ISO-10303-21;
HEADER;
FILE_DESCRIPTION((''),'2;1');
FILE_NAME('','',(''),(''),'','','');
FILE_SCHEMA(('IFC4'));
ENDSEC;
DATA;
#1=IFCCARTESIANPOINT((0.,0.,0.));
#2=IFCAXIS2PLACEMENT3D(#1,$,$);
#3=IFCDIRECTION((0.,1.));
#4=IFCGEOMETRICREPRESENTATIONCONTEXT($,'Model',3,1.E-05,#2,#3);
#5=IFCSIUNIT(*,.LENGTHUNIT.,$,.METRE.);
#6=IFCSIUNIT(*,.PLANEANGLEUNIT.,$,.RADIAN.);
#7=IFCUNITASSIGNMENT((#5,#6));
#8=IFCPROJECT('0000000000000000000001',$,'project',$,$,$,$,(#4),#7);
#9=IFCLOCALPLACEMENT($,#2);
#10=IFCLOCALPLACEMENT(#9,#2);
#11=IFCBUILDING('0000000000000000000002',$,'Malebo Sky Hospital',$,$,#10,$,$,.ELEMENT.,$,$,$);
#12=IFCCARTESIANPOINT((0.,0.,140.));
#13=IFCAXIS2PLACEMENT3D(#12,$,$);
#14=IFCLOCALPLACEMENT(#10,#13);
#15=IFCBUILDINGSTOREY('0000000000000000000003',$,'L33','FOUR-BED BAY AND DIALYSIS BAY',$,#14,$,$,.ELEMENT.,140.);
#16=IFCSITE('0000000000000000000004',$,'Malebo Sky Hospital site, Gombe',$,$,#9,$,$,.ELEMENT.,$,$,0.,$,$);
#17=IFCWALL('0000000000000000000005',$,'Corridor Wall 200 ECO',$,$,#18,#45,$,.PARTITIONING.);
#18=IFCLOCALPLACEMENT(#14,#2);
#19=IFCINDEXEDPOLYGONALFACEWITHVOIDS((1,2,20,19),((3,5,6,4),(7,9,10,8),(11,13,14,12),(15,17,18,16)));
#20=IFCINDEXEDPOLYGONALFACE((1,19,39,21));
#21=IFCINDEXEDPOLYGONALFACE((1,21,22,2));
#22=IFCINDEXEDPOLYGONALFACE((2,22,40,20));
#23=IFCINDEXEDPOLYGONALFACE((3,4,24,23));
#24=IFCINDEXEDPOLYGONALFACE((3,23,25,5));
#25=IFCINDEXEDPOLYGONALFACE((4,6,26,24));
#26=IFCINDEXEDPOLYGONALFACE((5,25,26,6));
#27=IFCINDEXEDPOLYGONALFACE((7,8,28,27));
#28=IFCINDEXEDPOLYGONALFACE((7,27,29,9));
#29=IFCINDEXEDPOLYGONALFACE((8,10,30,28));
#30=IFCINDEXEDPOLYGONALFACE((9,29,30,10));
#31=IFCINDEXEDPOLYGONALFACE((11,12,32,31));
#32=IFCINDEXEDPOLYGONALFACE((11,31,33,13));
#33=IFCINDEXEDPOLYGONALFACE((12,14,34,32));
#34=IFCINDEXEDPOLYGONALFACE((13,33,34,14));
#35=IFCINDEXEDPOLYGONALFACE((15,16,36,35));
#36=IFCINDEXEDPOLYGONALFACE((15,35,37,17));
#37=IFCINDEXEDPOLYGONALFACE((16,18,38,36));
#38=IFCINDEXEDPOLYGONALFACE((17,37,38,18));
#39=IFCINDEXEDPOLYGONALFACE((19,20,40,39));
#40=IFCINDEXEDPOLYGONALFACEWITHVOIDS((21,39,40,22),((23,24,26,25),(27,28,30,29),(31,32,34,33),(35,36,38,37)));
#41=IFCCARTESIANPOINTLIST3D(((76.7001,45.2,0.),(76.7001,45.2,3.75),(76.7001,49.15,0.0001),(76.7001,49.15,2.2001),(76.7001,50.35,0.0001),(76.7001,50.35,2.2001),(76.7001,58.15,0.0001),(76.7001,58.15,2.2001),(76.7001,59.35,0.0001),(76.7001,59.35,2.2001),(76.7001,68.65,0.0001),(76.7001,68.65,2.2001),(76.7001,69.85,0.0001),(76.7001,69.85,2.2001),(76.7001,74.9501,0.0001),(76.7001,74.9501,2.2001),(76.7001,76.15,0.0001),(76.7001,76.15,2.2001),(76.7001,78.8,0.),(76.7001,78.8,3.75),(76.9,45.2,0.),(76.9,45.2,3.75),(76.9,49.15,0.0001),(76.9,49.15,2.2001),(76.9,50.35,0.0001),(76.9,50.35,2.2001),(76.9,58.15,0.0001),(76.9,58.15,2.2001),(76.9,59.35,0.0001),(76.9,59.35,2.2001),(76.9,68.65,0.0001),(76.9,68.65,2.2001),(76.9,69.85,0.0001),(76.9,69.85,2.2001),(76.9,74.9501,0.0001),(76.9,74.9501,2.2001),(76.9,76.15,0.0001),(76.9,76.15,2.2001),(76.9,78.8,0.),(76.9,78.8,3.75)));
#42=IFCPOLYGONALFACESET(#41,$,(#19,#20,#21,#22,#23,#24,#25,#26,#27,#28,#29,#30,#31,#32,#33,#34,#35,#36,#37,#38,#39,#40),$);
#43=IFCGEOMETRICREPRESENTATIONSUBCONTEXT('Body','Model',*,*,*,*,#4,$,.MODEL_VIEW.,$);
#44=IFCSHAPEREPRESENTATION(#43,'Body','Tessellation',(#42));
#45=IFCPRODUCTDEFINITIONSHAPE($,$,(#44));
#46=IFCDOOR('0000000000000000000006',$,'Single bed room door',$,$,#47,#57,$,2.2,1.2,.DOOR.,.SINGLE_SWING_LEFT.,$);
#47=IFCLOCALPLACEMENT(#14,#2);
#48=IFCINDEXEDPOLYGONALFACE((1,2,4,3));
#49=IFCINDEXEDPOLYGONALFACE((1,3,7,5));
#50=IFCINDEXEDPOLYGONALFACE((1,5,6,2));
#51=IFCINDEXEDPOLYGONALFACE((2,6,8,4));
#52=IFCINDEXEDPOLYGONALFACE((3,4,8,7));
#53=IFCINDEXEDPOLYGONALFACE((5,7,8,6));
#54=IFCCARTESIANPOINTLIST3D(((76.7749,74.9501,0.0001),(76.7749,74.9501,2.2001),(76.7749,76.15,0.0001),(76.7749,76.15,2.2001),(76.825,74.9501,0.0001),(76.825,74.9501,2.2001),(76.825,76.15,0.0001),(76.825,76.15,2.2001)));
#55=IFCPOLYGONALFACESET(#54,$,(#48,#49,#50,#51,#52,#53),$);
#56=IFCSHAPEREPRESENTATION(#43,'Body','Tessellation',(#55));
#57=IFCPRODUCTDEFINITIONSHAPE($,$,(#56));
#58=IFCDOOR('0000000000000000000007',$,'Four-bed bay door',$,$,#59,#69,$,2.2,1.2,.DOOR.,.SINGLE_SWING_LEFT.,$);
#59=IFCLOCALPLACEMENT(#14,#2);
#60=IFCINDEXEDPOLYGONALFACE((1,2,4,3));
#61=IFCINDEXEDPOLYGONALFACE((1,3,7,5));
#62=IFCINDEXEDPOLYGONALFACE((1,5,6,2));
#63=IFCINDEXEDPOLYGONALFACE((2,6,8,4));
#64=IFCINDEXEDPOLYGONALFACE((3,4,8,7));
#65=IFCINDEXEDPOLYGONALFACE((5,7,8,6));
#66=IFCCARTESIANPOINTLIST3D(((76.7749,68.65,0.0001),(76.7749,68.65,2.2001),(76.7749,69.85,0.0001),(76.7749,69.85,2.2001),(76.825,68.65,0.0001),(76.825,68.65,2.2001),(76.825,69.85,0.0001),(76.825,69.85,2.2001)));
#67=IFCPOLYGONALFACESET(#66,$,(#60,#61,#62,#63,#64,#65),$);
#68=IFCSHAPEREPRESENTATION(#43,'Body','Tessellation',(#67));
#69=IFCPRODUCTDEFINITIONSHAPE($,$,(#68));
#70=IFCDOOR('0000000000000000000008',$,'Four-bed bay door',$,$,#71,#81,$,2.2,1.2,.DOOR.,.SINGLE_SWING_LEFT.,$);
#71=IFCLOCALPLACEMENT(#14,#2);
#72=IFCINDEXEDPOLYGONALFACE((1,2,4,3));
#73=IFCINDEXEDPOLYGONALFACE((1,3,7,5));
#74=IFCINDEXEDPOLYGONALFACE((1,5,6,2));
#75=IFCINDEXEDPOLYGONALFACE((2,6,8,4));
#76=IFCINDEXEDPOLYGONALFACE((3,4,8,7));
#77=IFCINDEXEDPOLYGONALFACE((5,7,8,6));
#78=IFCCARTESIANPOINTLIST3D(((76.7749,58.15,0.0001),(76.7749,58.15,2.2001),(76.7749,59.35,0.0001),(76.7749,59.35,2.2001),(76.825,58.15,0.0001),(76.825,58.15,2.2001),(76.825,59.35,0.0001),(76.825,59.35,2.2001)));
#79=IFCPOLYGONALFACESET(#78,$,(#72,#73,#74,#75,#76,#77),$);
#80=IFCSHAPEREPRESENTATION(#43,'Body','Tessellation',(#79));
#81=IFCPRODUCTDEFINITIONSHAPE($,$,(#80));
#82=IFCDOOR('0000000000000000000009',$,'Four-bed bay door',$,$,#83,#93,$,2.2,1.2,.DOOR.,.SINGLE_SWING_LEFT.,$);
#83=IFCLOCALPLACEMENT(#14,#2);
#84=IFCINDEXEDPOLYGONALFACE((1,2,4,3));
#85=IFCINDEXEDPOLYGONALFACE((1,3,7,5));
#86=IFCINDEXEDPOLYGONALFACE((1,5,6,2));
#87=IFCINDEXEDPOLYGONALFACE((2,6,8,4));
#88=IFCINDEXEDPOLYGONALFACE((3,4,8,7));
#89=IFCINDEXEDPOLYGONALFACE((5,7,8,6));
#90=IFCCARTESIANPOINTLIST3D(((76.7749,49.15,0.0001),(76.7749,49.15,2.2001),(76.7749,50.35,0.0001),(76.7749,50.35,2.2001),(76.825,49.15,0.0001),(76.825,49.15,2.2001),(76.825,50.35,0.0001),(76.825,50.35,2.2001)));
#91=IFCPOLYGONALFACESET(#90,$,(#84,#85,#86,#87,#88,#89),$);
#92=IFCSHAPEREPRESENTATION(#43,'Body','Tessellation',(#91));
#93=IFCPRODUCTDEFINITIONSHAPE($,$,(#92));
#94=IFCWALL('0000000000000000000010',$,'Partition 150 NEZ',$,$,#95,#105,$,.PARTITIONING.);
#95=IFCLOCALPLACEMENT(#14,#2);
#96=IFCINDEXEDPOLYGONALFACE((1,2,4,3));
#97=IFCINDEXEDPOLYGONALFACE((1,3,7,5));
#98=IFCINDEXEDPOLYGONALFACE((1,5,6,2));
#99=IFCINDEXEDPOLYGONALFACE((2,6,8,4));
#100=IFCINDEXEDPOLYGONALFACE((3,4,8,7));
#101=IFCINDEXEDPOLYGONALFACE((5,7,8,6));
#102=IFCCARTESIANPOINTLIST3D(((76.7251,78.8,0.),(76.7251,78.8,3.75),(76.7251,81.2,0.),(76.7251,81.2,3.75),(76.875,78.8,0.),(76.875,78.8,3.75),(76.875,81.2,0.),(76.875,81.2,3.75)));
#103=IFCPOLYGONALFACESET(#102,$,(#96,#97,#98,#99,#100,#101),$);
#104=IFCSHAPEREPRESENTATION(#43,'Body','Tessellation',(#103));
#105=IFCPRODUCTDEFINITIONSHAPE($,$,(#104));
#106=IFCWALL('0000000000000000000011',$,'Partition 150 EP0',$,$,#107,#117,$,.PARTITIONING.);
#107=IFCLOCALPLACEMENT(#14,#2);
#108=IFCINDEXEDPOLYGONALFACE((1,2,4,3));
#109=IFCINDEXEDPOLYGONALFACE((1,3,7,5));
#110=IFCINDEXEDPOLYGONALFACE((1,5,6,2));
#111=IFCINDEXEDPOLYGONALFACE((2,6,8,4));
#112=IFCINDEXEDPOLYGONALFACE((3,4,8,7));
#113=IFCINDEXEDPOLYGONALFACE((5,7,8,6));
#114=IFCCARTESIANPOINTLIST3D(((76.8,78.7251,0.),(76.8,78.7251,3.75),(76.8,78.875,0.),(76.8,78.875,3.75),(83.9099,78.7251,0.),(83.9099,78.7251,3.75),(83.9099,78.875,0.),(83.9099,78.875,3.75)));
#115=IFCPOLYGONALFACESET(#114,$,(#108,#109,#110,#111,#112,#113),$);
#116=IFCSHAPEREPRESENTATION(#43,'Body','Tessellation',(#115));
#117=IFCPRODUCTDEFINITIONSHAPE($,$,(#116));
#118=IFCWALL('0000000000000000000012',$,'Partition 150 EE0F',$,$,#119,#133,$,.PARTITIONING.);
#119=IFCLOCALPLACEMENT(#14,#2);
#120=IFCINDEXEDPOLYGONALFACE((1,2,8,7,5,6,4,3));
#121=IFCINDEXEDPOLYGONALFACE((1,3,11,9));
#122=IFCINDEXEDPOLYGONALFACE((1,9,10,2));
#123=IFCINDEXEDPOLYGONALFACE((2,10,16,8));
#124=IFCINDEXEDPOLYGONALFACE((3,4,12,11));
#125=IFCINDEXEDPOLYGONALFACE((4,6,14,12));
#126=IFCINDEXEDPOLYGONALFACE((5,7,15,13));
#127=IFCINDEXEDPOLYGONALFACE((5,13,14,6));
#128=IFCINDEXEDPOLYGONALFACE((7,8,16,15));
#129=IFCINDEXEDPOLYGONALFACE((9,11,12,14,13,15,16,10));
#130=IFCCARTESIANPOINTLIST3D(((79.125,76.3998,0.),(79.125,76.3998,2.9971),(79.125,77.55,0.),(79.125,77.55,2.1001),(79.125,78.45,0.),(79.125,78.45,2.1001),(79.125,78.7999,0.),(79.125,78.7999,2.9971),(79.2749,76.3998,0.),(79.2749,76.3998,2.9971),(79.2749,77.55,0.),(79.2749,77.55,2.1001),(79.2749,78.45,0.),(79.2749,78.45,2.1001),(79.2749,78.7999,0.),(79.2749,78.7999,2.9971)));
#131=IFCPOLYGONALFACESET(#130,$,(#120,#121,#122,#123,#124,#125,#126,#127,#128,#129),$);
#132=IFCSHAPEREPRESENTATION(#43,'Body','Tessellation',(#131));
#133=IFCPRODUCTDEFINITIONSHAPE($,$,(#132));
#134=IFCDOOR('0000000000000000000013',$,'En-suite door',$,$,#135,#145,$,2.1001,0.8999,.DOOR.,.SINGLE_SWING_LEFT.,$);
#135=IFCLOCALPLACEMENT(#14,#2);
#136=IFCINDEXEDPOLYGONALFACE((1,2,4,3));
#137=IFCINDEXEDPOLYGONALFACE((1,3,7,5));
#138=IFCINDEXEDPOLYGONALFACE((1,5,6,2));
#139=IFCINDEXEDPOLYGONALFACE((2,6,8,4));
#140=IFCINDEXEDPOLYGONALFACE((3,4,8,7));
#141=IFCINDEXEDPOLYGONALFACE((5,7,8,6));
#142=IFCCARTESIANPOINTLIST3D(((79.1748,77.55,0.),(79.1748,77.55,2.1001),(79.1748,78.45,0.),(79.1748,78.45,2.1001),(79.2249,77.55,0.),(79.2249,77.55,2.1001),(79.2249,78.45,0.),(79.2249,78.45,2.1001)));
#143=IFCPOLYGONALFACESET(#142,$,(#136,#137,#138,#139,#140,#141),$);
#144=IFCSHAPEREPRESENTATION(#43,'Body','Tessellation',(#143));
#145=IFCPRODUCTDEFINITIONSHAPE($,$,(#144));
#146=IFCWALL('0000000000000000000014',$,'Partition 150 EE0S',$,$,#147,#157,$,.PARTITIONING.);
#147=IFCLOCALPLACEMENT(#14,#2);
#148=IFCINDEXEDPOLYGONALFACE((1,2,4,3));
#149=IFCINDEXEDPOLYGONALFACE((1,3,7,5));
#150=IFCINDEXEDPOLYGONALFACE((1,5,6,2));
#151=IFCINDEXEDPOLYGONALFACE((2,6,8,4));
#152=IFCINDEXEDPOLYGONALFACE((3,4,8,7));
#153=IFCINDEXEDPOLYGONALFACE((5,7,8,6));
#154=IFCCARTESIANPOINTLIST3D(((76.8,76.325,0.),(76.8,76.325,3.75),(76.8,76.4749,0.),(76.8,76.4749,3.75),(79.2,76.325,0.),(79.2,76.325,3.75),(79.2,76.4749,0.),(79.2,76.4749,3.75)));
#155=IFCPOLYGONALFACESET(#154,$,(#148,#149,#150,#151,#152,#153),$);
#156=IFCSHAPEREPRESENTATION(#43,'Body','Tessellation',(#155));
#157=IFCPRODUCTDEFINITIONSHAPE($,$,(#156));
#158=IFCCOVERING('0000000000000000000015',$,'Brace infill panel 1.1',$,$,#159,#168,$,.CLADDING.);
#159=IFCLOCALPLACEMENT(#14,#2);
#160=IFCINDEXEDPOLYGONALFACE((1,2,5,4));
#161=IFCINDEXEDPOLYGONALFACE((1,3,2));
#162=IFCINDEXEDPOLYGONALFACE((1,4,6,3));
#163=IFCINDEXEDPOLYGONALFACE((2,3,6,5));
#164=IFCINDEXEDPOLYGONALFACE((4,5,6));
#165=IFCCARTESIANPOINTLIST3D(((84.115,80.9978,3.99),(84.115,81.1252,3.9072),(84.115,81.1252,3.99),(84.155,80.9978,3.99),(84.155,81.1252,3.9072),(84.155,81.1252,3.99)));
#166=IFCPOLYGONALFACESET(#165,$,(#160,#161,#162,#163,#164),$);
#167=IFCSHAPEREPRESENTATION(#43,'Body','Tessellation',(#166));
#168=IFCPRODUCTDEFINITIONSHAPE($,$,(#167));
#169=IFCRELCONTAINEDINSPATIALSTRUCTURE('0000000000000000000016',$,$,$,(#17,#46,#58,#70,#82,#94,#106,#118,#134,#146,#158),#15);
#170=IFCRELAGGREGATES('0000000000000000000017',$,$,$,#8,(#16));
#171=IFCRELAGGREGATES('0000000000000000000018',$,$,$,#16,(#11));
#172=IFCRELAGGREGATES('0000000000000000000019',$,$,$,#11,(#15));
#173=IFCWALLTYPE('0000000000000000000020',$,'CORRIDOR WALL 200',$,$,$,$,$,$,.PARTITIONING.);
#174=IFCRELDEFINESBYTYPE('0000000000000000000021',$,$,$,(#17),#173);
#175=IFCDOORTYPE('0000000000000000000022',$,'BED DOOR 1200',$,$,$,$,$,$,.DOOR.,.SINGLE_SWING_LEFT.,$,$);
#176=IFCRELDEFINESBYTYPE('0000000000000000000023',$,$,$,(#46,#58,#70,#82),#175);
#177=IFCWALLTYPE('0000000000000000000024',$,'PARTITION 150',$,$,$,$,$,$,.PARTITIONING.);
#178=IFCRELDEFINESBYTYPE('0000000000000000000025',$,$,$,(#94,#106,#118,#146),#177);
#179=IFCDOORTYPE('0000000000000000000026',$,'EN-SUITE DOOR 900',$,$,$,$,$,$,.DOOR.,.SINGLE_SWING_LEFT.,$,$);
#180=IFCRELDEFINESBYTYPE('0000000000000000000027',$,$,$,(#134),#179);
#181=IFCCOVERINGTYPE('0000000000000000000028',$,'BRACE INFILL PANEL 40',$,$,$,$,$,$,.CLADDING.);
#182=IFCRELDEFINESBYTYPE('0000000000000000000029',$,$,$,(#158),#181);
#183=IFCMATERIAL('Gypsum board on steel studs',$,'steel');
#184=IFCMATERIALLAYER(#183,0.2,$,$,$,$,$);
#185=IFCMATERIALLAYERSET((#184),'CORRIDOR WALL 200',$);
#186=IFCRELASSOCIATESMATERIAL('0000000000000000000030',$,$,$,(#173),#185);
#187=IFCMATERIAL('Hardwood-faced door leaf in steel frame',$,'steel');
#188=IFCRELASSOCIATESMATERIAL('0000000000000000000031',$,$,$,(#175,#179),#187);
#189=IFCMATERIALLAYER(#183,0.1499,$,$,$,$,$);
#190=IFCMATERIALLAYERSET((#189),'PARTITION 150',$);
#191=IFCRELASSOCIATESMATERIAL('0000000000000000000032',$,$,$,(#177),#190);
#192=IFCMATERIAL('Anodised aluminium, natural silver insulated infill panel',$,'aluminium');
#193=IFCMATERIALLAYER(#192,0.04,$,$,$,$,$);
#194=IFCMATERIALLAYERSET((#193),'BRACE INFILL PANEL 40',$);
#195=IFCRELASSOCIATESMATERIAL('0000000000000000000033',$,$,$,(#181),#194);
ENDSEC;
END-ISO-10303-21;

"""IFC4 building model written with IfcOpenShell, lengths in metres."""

from ifc_helpers import new_model, si_unit, direction, frame, frame_2d, origin, place, context, subcontext, project, spatial, polyline, rectangle, outline, extrude, material, layer, layer_set, type_object, element, fill, save


model = new_model("IFC4")

# Units and contexts
model_context = context("Model", 3, precision=1e-05, world=origin(), true_north=direction((0.0, 1.0)))
body_context = subcontext(model_context, "Body", "Model", "MODEL_VIEW")
ifc_project = project(units=[si_unit("LENGTHUNIT", "METRE"), si_unit("PLANEANGLEUNIT", "RADIAN")], contexts=[model_context])

# Site, building, storey
site_placement = place(None, origin())
site = spatial("IfcSite", under=ifc_project, at=site_placement, Name="Malebo Sky Hospital site, Gombe", CompositionType="ELEMENT", RefElevation=0.0)
building_placement = place(site_placement, origin())
building = spatial("IfcBuilding", under=site, at=building_placement, Name="Malebo Sky Hospital", CompositionType="ELEMENT")
storey_placement = place(building_placement, frame((0.0, 0.0, 140.0)))
storey = spatial("IfcBuildingStorey", under=building, at=storey_placement, Name="L33", Description="FOUR-BED BAY AND DIALYSIS BAY", CompositionType="ELEMENT", Elevation=140.0)

# Wall, openings, doors
ifc_material_1 = material(Name="Gypsum board on steel studs", Category="steel")
ifc_layer_1 = layer(ifc_material_1, 0.2)
ifc_layer_set_1 = layer_set([ifc_layer_1], Name="CORRIDOR WALL 200")
wall_type_1 = type_object("IfcWallType", Name="CORRIDOR WALL 200", PredefinedType="PARTITIONING", material=ifc_layer_set_1)
wall_1_placement = place(storey_placement, frame((76.8, 78.8, 0.0), z_axis=(0.0, 0.0, 1.0), x_axis=(0.0, -1.0, 0.0)))
wall_1 = element("IfcWall", 1, at=wall_1_placement, inside=storey, type_object=wall_type_1, Name="Corridor Wall 200 ECO", PredefinedType="PARTITIONING", context=body_context, shape_type="SweptSolid", body=[
    extrude(rectangle(XDim=33.6001, YDim=0.2, at=frame_2d((16.8, 0.0))), origin(), (0.0, 0.0, 1.0), 3.75),
])
opening_1_placement = place(wall_1_placement, frame((2.6499, 0.0, 0.0)))
opening_1 = element("IfcOpeningElement", 2, at=opening_1_placement, cuts=wall_1, PredefinedType="OPENING", context=body_context, shape_type="SweptSolid", body=[
    extrude(rectangle(XDim=1.2, YDim=2.2, at=frame_2d((0.6001, 1.1001))), frame((0.0, 0.1099, 0.0), z_axis=(0.0, -1.0, 0.0), x_axis=(1.0, 0.0, 0.0)), (0.0, 0.0, 1.0), 0.22),
])
opening_2_placement = place(wall_1_placement, frame((8.95, 0.0, 0.0)))
opening_2 = element("IfcOpeningElement", 3, at=opening_2_placement, cuts=wall_1, PredefinedType="OPENING", context=body_context, shape_type="SweptSolid", body=[
    extrude(rectangle(XDim=1.2, YDim=2.2, at=frame_2d((0.6001, 1.1001))), frame((0.0, 0.1099, 0.0), z_axis=(0.0, -1.0, 0.0), x_axis=(1.0, 0.0, 0.0)), (0.0, 0.0, 1.0), 0.22),
])
opening_3_placement = place(wall_1_placement, frame((19.45, 0.0, 0.0)))
opening_3 = element("IfcOpeningElement", 4, at=opening_3_placement, cuts=wall_1, PredefinedType="OPENING", context=body_context, shape_type="SweptSolid", body=[
    extrude(rectangle(XDim=1.2, YDim=2.2, at=frame_2d((0.6001, 1.1001))), frame((0.0, 0.1099, 0.0), z_axis=(0.0, -1.0, 0.0), x_axis=(1.0, 0.0, 0.0)), (0.0, 0.0, 1.0), 0.22),
])
opening_4_placement = place(wall_1_placement, frame((28.45, 0.0, 0.0)))
opening_4 = element("IfcOpeningElement", 5, at=opening_4_placement, cuts=wall_1, PredefinedType="OPENING", context=body_context, shape_type="SweptSolid", body=[
    extrude(rectangle(XDim=1.2, YDim=2.2, at=frame_2d((0.6001, 1.1001))), frame((0.0, 0.1099, 0.0), z_axis=(0.0, -1.0, 0.0), x_axis=(1.0, 0.0, 0.0)), (0.0, 0.0, 1.0), 0.22),
])
ifc_material_2 = material(Name="Hardwood-faced door leaf in steel frame", Category="steel")
door_type_1 = type_object("IfcDoorType", Name="BED DOOR 1200", OperationType="SINGLE_SWING_LEFT", PredefinedType="DOOR", material=ifc_material_2)
door_1_placement = place(opening_1_placement, origin())
door_1 = element("IfcDoor", 6, at=door_1_placement, inside=storey, type_object=door_type_1, Name="Single bed room door", OperationType="SINGLE_SWING_LEFT", OverallHeight=2.2, OverallWidth=1.2, PredefinedType="DOOR", context=body_context, shape_type="SweptSolid", body=[
    extrude(rectangle(XDim=1.2, YDim=2.2, at=frame_2d((0.6001, 1.1001))), frame((0.0, 0.0249, 0.0), z_axis=(0.0, -1.0, 0.0), x_axis=(1.0, 0.0, 0.0)), (0.0, 0.0, 1.0), 0.05),
])
fill(opening_1, door_1)
door_2_placement = place(opening_2_placement, origin())
door_2 = element("IfcDoor", 7, at=door_2_placement, inside=storey, type_object=door_type_1, Name="Four-bed bay door", OperationType="SINGLE_SWING_LEFT", OverallHeight=2.2, OverallWidth=1.2, PredefinedType="DOOR", context=body_context, shape_type="SweptSolid", body=[
    extrude(rectangle(XDim=1.2, YDim=2.2, at=frame_2d((0.6001, 1.1001))), frame((0.0, 0.0249, 0.0), z_axis=(0.0, -1.0, 0.0), x_axis=(1.0, 0.0, 0.0)), (0.0, 0.0, 1.0), 0.05),
])
fill(opening_2, door_2)
door_3_placement = place(opening_3_placement, origin())
door_3 = element("IfcDoor", 8, at=door_3_placement, inside=storey, type_object=door_type_1, Name="Four-bed bay door", OperationType="SINGLE_SWING_LEFT", OverallHeight=2.2, OverallWidth=1.2, PredefinedType="DOOR", context=body_context, shape_type="SweptSolid", body=[
    extrude(rectangle(XDim=1.2, YDim=2.2, at=frame_2d((0.6001, 1.1001))), frame((0.0, 0.0249, 0.0), z_axis=(0.0, -1.0, 0.0), x_axis=(1.0, 0.0, 0.0)), (0.0, 0.0, 1.0), 0.05),
])
fill(opening_3, door_3)
door_4_placement = place(opening_4_placement, origin())
door_4 = element("IfcDoor", 9, at=door_4_placement, inside=storey, type_object=door_type_1, Name="Four-bed bay door", OperationType="SINGLE_SWING_LEFT", OverallHeight=2.2, OverallWidth=1.2, PredefinedType="DOOR", context=body_context, shape_type="SweptSolid", body=[
    extrude(rectangle(XDim=1.2, YDim=2.2, at=frame_2d((0.6001, 1.1001))), frame((0.0, 0.0249, 0.0), z_axis=(0.0, -1.0, 0.0), x_axis=(1.0, 0.0, 0.0)), (0.0, 0.0, 1.0), 0.05),
])
fill(opening_4, door_4)

# Walls
ifc_layer_2 = layer(ifc_material_1, 0.1499)
ifc_layer_set_2 = layer_set([ifc_layer_2], Name="PARTITION 150")
wall_type_2 = type_object("IfcWallType", Name="PARTITION 150", PredefinedType="PARTITIONING", material=ifc_layer_set_2)
wall_2_placement = place(storey_placement, frame((76.8, 78.8, 0.0), z_axis=(0.0, 0.0, 1.0), x_axis=(0.0, 1.0, 0.0)))
element("IfcWall", 10, at=wall_2_placement, inside=storey, type_object=wall_type_2, Name="Partition 150 NEZ", PredefinedType="PARTITIONING", context=body_context, shape_type="SweptSolid", body=[
    extrude(rectangle(XDim=2.3999, YDim=0.1499, at=frame_2d((1.2, 0.0))), origin(), (0.0, 0.0, 1.0), 3.75),
])
wall_3_placement = place(storey_placement, frame((76.8, 78.8, 0.0), z_axis=(0.0, 0.0, 1.0), x_axis=(1.0, 0.0, 0.0)))
element("IfcWall", 11, at=wall_3_placement, inside=storey, type_object=wall_type_2, Name="Partition 150 EP0", PredefinedType="PARTITIONING", context=body_context, shape_type="SweptSolid", body=[
    extrude(rectangle(XDim=7.1099, YDim=0.1499, at=frame_2d((3.5549, 0.0))), origin(), (0.0, 0.0, 1.0), 3.75),
])

# Wall, opening, door
wall_4_placement = place(storey_placement, frame((79.2, 78.8, 0.0), z_axis=(0.0, 0.0, 1.0), x_axis=(0.0, -1.0, 0.0)))
wall_4 = element("IfcWall", 12, at=wall_4_placement, inside=storey, type_object=wall_type_2, Name="Partition 150 EE0F", PredefinedType="PARTITIONING", context=body_context, shape_type="SweptSolid", body=[
    extrude(rectangle(XDim=2.4001, YDim=0.1499, at=frame_2d((1.2002, 0.0))), origin(), (0.0, 0.0, 1.0), 2.9971),
])
opening_5_placement = place(wall_4_placement, frame((0.3501, 0.0, 0.0)))
opening_5 = element("IfcOpeningElement", 13, at=opening_5_placement, cuts=wall_4, PredefinedType="OPENING", context=body_context, shape_type="SweptSolid", body=[
    extrude(rectangle(XDim=0.8999, YDim=2.1001, at=frame_2d((0.45, 1.05))), frame((0.0, 0.085, 0.0), z_axis=(0.0, -1.0, 0.0), x_axis=(1.0, 0.0, 0.0)), (0.0, 0.0, 1.0), 0.1699),
])
door_type_2 = type_object("IfcDoorType", Name="EN-SUITE DOOR 900", OperationType="SINGLE_SWING_LEFT", PredefinedType="DOOR", material=ifc_material_2)
door_5_placement = place(opening_5_placement, origin())
door_5 = element("IfcDoor", 14, at=door_5_placement, inside=storey, type_object=door_type_2, Name="En-suite door", OperationType="SINGLE_SWING_LEFT", OverallHeight=2.1001, OverallWidth=0.8999, PredefinedType="DOOR", context=body_context, shape_type="SweptSolid", body=[
    extrude(rectangle(XDim=0.8999, YDim=2.1001, at=frame_2d((0.45, 1.05))), frame((0.0, 0.0249, 0.0), z_axis=(0.0, -1.0, 0.0), x_axis=(1.0, 0.0, 0.0)), (0.0, 0.0, 1.0), 0.05),
])
fill(opening_5, door_5)

# Wall
wall_5_placement = place(storey_placement, frame((76.8, 76.3999, 0.0), z_axis=(0.0, 0.0, 1.0), x_axis=(1.0, 0.0, 0.0)))
element("IfcWall", 15, at=wall_5_placement, inside=storey, type_object=wall_type_2, Name="Partition 150 EE0S", PredefinedType="PARTITIONING", context=body_context, shape_type="SweptSolid", body=[
    extrude(rectangle(XDim=2.3999, YDim=0.1499, at=frame_2d((1.2, 0.0))), origin(), (0.0, 0.0, 1.0), 3.75),
])

# Covering
ifc_material_3 = material(Name="Anodised aluminium, natural silver insulated infill panel", Category="aluminium")
ifc_layer_3 = layer(ifc_material_3, 0.04)
ifc_layer_set_3 = layer_set([ifc_layer_3], Name="BRACE INFILL PANEL 40")
covering_type = type_object("IfcCoveringType", Name="BRACE INFILL PANEL 40", PredefinedType="CLADDING", material=ifc_layer_set_3)
covering_placement = place(storey_placement, frame((84.135, 81.0615, 3.9072), z_axis=(0.0, 0.0, 1.0), x_axis=(0.0, -1.0, 0.0)))
element("IfcCovering", 16, at=covering_placement, inside=storey, type_object=covering_type, Name="Brace infill panel 1.1", PredefinedType="CLADDING", context=body_context, shape_type="SweptSolid", body=[
    extrude(outline(polyline([(-0.0637, 0.0), (0.0637, 0.0828), (-0.0637, 0.0828), (-0.0637, 0.0)])), frame((0.0, 0.02, 0.0), z_axis=(0.0, -1.0, 0.0), x_axis=(1.0, 0.0, 0.0)), (0.0, 0.0, 1.0), 0.04),
])

save(model, "model.ifc")
